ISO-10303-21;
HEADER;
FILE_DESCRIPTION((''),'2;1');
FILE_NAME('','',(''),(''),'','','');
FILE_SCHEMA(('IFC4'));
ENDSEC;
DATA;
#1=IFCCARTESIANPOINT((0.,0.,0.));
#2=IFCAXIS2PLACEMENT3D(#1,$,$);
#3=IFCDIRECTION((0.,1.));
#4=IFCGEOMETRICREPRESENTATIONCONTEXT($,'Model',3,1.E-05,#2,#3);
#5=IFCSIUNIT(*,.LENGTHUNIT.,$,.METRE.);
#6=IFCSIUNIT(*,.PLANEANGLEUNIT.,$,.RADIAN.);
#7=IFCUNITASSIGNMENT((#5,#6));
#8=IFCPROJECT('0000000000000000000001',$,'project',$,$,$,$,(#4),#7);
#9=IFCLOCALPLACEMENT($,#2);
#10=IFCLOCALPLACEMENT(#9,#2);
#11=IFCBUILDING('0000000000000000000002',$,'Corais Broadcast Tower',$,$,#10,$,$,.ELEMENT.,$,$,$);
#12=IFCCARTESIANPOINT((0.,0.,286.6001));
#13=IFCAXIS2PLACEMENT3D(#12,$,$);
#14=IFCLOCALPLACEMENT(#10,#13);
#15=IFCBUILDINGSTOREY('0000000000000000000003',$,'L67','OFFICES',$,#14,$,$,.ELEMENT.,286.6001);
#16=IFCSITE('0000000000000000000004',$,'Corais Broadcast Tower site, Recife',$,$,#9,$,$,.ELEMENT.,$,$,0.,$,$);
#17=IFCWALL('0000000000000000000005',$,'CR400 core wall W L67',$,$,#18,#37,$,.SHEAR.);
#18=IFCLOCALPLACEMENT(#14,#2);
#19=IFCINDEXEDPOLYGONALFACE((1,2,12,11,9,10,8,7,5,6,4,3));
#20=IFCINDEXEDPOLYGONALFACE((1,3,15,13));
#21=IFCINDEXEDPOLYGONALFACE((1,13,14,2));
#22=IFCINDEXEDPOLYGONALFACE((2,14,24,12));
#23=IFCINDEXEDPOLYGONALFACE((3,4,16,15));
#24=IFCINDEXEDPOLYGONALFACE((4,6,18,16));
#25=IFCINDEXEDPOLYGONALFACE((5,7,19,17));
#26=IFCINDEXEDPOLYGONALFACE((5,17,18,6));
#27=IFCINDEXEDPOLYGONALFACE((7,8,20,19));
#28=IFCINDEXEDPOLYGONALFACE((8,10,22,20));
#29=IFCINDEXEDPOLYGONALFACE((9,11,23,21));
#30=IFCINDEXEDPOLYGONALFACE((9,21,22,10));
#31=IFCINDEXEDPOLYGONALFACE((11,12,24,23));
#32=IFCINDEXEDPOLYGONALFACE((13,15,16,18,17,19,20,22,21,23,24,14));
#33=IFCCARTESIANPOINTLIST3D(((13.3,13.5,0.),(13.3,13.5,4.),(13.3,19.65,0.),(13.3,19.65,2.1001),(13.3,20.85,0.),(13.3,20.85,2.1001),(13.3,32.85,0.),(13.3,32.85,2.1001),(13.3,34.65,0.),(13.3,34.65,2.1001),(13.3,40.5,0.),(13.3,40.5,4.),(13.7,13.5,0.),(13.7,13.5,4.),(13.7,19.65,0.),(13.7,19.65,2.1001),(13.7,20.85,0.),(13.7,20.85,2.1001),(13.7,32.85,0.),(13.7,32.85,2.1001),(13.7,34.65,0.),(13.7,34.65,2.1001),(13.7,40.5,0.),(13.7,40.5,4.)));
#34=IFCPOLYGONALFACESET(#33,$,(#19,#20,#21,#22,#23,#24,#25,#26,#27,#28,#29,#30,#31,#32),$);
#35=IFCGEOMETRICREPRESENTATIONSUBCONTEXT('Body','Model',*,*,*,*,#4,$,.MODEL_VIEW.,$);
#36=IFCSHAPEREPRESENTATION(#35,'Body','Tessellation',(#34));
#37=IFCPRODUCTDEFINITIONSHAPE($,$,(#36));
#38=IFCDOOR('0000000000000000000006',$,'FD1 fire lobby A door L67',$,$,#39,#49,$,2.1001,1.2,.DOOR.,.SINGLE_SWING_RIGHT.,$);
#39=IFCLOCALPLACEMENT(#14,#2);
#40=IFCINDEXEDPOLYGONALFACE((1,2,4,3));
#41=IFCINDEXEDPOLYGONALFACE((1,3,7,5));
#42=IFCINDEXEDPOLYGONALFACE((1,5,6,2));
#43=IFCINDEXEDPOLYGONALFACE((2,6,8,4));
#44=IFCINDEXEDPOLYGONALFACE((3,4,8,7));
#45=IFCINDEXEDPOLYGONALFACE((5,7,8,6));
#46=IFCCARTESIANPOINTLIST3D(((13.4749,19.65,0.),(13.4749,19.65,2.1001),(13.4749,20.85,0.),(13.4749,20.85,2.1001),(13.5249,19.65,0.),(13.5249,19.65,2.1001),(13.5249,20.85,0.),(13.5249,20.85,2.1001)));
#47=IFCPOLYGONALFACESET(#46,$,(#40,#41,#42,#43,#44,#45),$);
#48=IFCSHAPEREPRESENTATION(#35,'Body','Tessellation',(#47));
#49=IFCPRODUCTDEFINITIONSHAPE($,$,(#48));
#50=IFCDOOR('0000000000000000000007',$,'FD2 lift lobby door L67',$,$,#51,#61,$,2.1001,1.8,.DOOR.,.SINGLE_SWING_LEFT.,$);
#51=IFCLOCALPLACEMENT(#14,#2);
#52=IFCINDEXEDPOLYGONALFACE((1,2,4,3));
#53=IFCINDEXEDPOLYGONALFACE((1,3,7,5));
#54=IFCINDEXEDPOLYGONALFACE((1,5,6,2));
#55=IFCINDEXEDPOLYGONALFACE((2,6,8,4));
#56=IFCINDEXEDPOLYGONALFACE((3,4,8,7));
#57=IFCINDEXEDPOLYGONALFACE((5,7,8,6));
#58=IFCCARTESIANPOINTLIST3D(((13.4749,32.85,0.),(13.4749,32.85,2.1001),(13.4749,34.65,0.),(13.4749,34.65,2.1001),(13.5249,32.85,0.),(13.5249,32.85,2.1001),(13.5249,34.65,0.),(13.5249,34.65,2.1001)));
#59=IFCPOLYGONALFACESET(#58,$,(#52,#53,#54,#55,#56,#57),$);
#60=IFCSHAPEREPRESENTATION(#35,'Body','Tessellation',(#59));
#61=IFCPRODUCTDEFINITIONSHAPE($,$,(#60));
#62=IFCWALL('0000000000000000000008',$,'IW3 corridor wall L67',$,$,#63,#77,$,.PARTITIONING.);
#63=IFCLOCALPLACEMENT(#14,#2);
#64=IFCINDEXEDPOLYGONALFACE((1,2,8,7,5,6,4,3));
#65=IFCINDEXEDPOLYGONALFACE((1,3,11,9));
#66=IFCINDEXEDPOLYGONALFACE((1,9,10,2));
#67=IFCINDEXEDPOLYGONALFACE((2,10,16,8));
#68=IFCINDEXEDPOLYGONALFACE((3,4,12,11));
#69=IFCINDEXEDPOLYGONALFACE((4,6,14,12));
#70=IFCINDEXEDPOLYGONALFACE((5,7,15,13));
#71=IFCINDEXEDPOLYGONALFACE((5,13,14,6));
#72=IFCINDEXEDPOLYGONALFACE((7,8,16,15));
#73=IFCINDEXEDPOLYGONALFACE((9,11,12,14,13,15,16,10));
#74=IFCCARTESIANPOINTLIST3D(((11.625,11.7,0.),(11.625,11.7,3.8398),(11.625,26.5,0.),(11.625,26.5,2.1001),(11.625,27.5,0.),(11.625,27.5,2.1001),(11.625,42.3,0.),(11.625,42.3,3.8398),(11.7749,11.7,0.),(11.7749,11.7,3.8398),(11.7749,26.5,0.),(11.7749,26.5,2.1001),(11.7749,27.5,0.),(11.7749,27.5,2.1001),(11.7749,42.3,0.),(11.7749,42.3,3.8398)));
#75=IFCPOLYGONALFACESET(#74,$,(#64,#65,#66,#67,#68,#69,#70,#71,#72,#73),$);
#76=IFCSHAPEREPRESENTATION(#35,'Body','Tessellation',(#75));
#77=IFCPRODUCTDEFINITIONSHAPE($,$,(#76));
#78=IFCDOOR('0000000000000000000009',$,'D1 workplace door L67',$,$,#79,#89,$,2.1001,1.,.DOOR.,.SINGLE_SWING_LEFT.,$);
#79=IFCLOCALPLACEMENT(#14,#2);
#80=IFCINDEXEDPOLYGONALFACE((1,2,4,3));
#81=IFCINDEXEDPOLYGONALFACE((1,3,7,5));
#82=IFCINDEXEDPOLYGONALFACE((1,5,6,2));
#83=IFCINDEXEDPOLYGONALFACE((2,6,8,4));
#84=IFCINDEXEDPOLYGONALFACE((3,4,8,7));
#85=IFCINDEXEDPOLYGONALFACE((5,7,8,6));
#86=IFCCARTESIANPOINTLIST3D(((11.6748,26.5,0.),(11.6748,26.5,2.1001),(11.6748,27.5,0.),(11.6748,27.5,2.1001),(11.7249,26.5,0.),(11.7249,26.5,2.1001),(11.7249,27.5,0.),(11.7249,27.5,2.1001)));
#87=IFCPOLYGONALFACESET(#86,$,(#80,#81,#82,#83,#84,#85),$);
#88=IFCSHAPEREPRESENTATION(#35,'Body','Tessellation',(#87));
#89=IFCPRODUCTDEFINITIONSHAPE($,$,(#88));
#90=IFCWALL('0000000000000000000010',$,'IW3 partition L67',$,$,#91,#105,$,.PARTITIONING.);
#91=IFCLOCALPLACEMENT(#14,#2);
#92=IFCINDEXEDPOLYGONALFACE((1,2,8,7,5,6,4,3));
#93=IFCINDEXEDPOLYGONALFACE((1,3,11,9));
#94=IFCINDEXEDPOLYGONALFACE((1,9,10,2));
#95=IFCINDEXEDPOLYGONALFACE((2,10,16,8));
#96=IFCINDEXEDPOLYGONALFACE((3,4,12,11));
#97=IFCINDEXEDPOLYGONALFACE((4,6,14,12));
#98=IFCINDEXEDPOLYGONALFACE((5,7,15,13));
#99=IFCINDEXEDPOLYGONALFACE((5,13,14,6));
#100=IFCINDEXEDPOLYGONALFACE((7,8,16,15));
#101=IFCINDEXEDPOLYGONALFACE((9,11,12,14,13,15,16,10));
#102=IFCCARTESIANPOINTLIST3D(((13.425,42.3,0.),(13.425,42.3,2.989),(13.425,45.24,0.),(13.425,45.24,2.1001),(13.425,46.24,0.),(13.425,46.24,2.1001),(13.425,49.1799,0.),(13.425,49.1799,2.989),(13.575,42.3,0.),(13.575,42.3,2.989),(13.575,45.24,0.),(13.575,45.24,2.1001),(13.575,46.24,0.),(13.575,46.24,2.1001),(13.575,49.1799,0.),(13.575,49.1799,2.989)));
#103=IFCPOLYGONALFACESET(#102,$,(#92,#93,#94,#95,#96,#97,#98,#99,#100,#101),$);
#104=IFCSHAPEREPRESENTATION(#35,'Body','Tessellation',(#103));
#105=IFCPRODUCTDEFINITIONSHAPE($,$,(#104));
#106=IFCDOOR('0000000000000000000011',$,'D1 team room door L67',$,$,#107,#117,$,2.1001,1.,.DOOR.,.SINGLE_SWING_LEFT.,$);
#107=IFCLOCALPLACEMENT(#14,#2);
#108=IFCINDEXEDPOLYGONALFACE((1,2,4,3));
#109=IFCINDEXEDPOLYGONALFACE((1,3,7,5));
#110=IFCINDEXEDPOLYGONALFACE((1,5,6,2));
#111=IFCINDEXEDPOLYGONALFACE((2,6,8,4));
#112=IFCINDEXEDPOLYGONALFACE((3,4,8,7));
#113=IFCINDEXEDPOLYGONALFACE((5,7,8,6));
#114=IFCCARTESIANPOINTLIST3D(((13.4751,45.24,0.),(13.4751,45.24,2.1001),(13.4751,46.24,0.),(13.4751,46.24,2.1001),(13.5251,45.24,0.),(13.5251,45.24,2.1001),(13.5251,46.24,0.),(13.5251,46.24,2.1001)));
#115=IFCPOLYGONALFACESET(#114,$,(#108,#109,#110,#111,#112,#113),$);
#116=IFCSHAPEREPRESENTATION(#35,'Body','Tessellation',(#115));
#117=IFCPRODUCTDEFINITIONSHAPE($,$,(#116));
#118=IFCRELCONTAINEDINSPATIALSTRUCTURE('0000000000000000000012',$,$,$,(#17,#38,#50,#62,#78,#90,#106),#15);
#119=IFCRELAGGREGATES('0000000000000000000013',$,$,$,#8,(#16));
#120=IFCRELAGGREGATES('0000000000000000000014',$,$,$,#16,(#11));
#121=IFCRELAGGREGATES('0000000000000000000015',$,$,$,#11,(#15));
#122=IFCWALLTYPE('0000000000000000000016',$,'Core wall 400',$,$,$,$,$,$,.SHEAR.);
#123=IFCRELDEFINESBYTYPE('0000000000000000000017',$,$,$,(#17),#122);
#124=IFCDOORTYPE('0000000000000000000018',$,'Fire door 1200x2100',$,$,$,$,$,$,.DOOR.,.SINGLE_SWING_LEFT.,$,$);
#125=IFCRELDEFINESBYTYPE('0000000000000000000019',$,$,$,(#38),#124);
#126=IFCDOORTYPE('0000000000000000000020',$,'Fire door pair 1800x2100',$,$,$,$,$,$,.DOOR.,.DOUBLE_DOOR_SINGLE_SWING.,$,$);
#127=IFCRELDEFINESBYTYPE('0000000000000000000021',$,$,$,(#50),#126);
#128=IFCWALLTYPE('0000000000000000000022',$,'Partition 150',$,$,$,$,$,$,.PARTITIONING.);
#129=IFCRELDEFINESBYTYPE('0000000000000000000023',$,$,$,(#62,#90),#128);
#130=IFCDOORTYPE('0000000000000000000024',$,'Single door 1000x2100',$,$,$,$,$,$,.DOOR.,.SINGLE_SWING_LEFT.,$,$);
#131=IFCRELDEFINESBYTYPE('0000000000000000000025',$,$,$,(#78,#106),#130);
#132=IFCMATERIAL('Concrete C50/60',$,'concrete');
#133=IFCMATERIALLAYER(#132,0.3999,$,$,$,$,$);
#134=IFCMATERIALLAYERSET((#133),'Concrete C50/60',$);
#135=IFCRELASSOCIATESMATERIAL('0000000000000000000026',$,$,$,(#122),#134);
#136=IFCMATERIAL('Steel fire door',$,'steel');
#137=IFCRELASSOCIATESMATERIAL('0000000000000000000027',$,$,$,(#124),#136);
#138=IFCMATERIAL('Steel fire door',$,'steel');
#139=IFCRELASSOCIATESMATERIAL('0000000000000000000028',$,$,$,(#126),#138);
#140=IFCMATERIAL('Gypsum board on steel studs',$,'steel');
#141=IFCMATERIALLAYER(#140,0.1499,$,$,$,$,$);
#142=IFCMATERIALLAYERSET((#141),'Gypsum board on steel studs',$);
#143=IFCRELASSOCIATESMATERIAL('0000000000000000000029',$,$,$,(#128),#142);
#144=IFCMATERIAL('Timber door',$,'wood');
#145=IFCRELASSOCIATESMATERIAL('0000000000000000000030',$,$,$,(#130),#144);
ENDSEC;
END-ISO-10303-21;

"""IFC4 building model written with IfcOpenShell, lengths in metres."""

from ifc_helpers import new_model, si_unit, direction, frame, frame_2d, origin, place, context, subcontext, project, spatial, rectangle, extrude, material, layer, layer_set, type_object, element, fill, save


model = new_model("IFC4")

# Units and contexts
model_context = context("Model", 3, precision=1e-05, world=origin(), true_north=direction((0.0, 1.0)))
body_context = subcontext(model_context, "Body", "Model", "MODEL_VIEW")
ifc_project = project(units=[si_unit("LENGTHUNIT", "METRE"), si_unit("PLANEANGLEUNIT", "RADIAN")], contexts=[model_context])

# Site, building, storey
site_placement = place(None, origin())
site = spatial("IfcSite", under=ifc_project, at=site_placement, Name="Corais Broadcast Tower site, Recife", CompositionType="ELEMENT", RefElevation=0.0)
building_placement = place(site_placement, origin())
building = spatial("IfcBuilding", under=site, at=building_placement, Name="Corais Broadcast Tower", CompositionType="ELEMENT")
storey_placement = place(building_placement, frame((0.0, 0.0, 286.6001)))
storey = spatial("IfcBuildingStorey", under=building, at=storey_placement, Name="L67", Description="OFFICES", CompositionType="ELEMENT", Elevation=286.6001)

# Wall, openings, doors
ifc_material_1 = material(Name="Concrete C50/60", Category="concrete")
ifc_layer_1 = layer(ifc_material_1, 0.3999)
ifc_layer_set_1 = layer_set([ifc_layer_1], Name="Concrete C50/60")
wall_type_1 = type_object("IfcWallType", Name="Core wall 400", PredefinedType="SHEAR", material=ifc_layer_set_1)
wall_1_placement = place(storey_placement, frame((13.5, 40.5, 0.0), z_axis=(0.0, 0.0, 1.0), x_axis=(0.0, -1.0, 0.0)))
wall_1 = element("IfcWall", 1, at=wall_1_placement, inside=storey, type_object=wall_type_1, Name="CR400 core wall W L67", PredefinedType="SHEAR", context=body_context, shape_type="SweptSolid", body=[
    extrude(rectangle(XDim=27.0, YDim=0.3999, at=frame_2d((13.5, 0.0))), origin(), (0.0, 0.0, 1.0), 4.0),
])
opening_1_placement = place(wall_1_placement, frame((19.6499, 0.0, 0.0)))
opening_1 = element("IfcOpeningElement", 2, at=opening_1_placement, cuts=wall_1, PredefinedType="OPENING", context=body_context, shape_type="SweptSolid", body=[
    extrude(rectangle(XDim=1.2, YDim=2.1001, at=frame_2d((0.6001, 1.05))), frame((0.0, 0.21, 0.0), z_axis=(0.0, -1.0, 0.0), x_axis=(1.0, 0.0, 0.0)), (0.0, 0.0, 1.0), 0.4199),
])
opening_2_placement = place(wall_1_placement, frame((5.8501, 0.0, 0.0)))
opening_2 = element("IfcOpeningElement", 3, at=opening_2_placement, cuts=wall_1, PredefinedType="OPENING", context=body_context, shape_type="SweptSolid", body=[
    extrude(rectangle(XDim=1.8, YDim=2.1001, at=frame_2d((0.8999, 1.05))), frame((0.0, 0.21, 0.0), z_axis=(0.0, -1.0, 0.0), x_axis=(1.0, 0.0, 0.0)), (0.0, 0.0, 1.0), 0.4199),
])
ifc_material_2 = material(Name="Steel fire door", Category="steel")
door_type_1 = type_object("IfcDoorType", Name="Fire door 1200x2100", OperationType="SINGLE_SWING_LEFT", PredefinedType="DOOR", material=ifc_material_2)
door_1_placement = place(opening_1_placement, origin())
door_1 = element("IfcDoor", 4, at=door_1_placement, inside=storey, type_object=door_type_1, Name="FD1 fire lobby A door L67", OperationType="SINGLE_SWING_RIGHT", OverallHeight=2.1001, OverallWidth=1.2, PredefinedType="DOOR", context=body_context, shape_type="SweptSolid", body=[
    extrude(rectangle(XDim=1.2, YDim=2.1001, at=frame_2d((0.6001, 1.05))), frame((0.0, 0.0249, 0.0), z_axis=(0.0, -1.0, 0.0), x_axis=(1.0, 0.0, 0.0)), (0.0, 0.0, 1.0), 0.05),
])
fill(opening_1, door_1)
ifc_material_3 = material(Name="Steel fire door", Category="steel")
door_type_2 = type_object("IfcDoorType", Name="Fire door pair 1800x2100", OperationType="DOUBLE_DOOR_SINGLE_SWING", PredefinedType="DOOR", material=ifc_material_3)
door_2_placement = place(opening_2_placement, origin())
door_2 = element("IfcDoor", 5, at=door_2_placement, inside=storey, type_object=door_type_2, Name="FD2 lift lobby door L67", OperationType="SINGLE_SWING_LEFT", OverallHeight=2.1001, OverallWidth=1.8, PredefinedType="DOOR", context=body_context, shape_type="SweptSolid", body=[
    extrude(rectangle(XDim=1.8, YDim=2.1001, at=frame_2d((0.8999, 1.05))), frame((0.0, 0.0249, 0.0), z_axis=(0.0, -1.0, 0.0), x_axis=(1.0, 0.0, 0.0)), (0.0, 0.0, 1.0), 0.05),
])
fill(opening_2, door_2)

# Walls, openings, doors
ifc_material_4 = material(Name="Gypsum board on steel studs", Category="steel")
ifc_layer_2 = layer(ifc_material_4, 0.1499)
ifc_layer_set_2 = layer_set([ifc_layer_2], Name="Gypsum board on steel studs")
wall_type_2 = type_object("IfcWallType", Name="Partition 150", PredefinedType="PARTITIONING", material=ifc_layer_set_2)
wall_2_placement = place(storey_placement, frame((11.7, 42.3, 0.0), z_axis=(0.0, 0.0, 1.0), x_axis=(0.0, -1.0, 0.0)))
wall_2 = element("IfcWall", 6, at=wall_2_placement, inside=storey, type_object=wall_type_2, Name="IW3 corridor wall L67", PredefinedType="PARTITIONING", context=body_context, shape_type="SweptSolid", body=[
    extrude(rectangle(XDim=30.6001, YDim=0.1499, at=frame_2d((15.3, 0.0))), origin(), (0.0, 0.0, 1.0), 3.8398),
])
opening_3_placement = place(wall_2_placement, frame((14.8, 0.0, 0.0)))
opening_3 = element("IfcOpeningElement", 7, at=opening_3_placement, cuts=wall_2, PredefinedType="OPENING", context=body_context, shape_type="SweptSolid", body=[
    extrude(rectangle(XDim=1.0, YDim=2.1001, at=frame_2d((0.5, 1.05))), frame((0.0, 0.085, 0.0), z_axis=(0.0, -1.0, 0.0), x_axis=(1.0, 0.0, 0.0)), (0.0, 0.0, 1.0), 0.1699),
])
ifc_material_5 = material(Name="Timber door", Category="wood")
door_type_3 = type_object("IfcDoorType", Name="Single door 1000x2100", OperationType="SINGLE_SWING_LEFT", PredefinedType="DOOR", material=ifc_material_5)
door_3_placement = place(opening_3_placement, origin())
door_3 = element("IfcDoor", 8, at=door_3_placement, inside=storey, type_object=door_type_3, Name="D1 workplace door L67", OperationType="SINGLE_SWING_LEFT", OverallHeight=2.1001, OverallWidth=1.0, PredefinedType="DOOR", context=body_context, shape_type="SweptSolid", body=[
    extrude(rectangle(XDim=1.0, YDim=2.1001, at=frame_2d((0.5, 1.05))), frame((0.0, 0.0249, 0.0), z_axis=(0.0, -1.0, 0.0), x_axis=(1.0, 0.0, 0.0)), (0.0, 0.0, 1.0), 0.05),
])
fill(opening_3, door_3)
wall_3_placement = place(storey_placement, frame((13.5, 42.3, 0.0), z_axis=(0.0, 0.0, 1.0), x_axis=(0.0, 1.0, 0.0)))
wall_3 = element("IfcWall", 9, at=wall_3_placement, inside=storey, type_object=wall_type_2, Name="IW3 partition L67", PredefinedType="PARTITIONING", context=body_context, shape_type="SweptSolid", body=[
    extrude(rectangle(XDim=6.8799, YDim=0.1499, at=frame_2d((3.4399, 0.0))), origin(), (0.0, 0.0, 1.0), 2.989),
])
opening_4_placement = place(wall_3_placement, frame((2.9399, 0.0, 0.0)))
opening_4 = element("IfcOpeningElement", 10, at=opening_4_placement, cuts=wall_3, PredefinedType="OPENING", context=body_context, shape_type="SweptSolid", body=[
    extrude(rectangle(XDim=1.0, YDim=2.1001, at=frame_2d((0.5, 1.05))), frame((0.0, 0.085, 0.0), z_axis=(0.0, -1.0, 0.0), x_axis=(1.0, 0.0, 0.0)), (0.0, 0.0, 1.0), 0.1699),
])
door_4_placement = place(opening_4_placement, origin())
door_4 = element("IfcDoor", 11, at=door_4_placement, inside=storey, type_object=door_type_3, Name="D1 team room door L67", OperationType="SINGLE_SWING_LEFT", OverallHeight=2.1001, OverallWidth=1.0, PredefinedType="DOOR", context=body_context, shape_type="SweptSolid", body=[
    extrude(rectangle(XDim=1.0, YDim=2.1001, at=frame_2d((0.5, 1.05))), frame((0.0, 0.0249, 0.0), z_axis=(0.0, -1.0, 0.0), x_axis=(1.0, 0.0, 0.0)), (0.0, 0.0, 1.0), 0.05),
])
fill(opening_4, door_4)

save(model, "model.ifc")
